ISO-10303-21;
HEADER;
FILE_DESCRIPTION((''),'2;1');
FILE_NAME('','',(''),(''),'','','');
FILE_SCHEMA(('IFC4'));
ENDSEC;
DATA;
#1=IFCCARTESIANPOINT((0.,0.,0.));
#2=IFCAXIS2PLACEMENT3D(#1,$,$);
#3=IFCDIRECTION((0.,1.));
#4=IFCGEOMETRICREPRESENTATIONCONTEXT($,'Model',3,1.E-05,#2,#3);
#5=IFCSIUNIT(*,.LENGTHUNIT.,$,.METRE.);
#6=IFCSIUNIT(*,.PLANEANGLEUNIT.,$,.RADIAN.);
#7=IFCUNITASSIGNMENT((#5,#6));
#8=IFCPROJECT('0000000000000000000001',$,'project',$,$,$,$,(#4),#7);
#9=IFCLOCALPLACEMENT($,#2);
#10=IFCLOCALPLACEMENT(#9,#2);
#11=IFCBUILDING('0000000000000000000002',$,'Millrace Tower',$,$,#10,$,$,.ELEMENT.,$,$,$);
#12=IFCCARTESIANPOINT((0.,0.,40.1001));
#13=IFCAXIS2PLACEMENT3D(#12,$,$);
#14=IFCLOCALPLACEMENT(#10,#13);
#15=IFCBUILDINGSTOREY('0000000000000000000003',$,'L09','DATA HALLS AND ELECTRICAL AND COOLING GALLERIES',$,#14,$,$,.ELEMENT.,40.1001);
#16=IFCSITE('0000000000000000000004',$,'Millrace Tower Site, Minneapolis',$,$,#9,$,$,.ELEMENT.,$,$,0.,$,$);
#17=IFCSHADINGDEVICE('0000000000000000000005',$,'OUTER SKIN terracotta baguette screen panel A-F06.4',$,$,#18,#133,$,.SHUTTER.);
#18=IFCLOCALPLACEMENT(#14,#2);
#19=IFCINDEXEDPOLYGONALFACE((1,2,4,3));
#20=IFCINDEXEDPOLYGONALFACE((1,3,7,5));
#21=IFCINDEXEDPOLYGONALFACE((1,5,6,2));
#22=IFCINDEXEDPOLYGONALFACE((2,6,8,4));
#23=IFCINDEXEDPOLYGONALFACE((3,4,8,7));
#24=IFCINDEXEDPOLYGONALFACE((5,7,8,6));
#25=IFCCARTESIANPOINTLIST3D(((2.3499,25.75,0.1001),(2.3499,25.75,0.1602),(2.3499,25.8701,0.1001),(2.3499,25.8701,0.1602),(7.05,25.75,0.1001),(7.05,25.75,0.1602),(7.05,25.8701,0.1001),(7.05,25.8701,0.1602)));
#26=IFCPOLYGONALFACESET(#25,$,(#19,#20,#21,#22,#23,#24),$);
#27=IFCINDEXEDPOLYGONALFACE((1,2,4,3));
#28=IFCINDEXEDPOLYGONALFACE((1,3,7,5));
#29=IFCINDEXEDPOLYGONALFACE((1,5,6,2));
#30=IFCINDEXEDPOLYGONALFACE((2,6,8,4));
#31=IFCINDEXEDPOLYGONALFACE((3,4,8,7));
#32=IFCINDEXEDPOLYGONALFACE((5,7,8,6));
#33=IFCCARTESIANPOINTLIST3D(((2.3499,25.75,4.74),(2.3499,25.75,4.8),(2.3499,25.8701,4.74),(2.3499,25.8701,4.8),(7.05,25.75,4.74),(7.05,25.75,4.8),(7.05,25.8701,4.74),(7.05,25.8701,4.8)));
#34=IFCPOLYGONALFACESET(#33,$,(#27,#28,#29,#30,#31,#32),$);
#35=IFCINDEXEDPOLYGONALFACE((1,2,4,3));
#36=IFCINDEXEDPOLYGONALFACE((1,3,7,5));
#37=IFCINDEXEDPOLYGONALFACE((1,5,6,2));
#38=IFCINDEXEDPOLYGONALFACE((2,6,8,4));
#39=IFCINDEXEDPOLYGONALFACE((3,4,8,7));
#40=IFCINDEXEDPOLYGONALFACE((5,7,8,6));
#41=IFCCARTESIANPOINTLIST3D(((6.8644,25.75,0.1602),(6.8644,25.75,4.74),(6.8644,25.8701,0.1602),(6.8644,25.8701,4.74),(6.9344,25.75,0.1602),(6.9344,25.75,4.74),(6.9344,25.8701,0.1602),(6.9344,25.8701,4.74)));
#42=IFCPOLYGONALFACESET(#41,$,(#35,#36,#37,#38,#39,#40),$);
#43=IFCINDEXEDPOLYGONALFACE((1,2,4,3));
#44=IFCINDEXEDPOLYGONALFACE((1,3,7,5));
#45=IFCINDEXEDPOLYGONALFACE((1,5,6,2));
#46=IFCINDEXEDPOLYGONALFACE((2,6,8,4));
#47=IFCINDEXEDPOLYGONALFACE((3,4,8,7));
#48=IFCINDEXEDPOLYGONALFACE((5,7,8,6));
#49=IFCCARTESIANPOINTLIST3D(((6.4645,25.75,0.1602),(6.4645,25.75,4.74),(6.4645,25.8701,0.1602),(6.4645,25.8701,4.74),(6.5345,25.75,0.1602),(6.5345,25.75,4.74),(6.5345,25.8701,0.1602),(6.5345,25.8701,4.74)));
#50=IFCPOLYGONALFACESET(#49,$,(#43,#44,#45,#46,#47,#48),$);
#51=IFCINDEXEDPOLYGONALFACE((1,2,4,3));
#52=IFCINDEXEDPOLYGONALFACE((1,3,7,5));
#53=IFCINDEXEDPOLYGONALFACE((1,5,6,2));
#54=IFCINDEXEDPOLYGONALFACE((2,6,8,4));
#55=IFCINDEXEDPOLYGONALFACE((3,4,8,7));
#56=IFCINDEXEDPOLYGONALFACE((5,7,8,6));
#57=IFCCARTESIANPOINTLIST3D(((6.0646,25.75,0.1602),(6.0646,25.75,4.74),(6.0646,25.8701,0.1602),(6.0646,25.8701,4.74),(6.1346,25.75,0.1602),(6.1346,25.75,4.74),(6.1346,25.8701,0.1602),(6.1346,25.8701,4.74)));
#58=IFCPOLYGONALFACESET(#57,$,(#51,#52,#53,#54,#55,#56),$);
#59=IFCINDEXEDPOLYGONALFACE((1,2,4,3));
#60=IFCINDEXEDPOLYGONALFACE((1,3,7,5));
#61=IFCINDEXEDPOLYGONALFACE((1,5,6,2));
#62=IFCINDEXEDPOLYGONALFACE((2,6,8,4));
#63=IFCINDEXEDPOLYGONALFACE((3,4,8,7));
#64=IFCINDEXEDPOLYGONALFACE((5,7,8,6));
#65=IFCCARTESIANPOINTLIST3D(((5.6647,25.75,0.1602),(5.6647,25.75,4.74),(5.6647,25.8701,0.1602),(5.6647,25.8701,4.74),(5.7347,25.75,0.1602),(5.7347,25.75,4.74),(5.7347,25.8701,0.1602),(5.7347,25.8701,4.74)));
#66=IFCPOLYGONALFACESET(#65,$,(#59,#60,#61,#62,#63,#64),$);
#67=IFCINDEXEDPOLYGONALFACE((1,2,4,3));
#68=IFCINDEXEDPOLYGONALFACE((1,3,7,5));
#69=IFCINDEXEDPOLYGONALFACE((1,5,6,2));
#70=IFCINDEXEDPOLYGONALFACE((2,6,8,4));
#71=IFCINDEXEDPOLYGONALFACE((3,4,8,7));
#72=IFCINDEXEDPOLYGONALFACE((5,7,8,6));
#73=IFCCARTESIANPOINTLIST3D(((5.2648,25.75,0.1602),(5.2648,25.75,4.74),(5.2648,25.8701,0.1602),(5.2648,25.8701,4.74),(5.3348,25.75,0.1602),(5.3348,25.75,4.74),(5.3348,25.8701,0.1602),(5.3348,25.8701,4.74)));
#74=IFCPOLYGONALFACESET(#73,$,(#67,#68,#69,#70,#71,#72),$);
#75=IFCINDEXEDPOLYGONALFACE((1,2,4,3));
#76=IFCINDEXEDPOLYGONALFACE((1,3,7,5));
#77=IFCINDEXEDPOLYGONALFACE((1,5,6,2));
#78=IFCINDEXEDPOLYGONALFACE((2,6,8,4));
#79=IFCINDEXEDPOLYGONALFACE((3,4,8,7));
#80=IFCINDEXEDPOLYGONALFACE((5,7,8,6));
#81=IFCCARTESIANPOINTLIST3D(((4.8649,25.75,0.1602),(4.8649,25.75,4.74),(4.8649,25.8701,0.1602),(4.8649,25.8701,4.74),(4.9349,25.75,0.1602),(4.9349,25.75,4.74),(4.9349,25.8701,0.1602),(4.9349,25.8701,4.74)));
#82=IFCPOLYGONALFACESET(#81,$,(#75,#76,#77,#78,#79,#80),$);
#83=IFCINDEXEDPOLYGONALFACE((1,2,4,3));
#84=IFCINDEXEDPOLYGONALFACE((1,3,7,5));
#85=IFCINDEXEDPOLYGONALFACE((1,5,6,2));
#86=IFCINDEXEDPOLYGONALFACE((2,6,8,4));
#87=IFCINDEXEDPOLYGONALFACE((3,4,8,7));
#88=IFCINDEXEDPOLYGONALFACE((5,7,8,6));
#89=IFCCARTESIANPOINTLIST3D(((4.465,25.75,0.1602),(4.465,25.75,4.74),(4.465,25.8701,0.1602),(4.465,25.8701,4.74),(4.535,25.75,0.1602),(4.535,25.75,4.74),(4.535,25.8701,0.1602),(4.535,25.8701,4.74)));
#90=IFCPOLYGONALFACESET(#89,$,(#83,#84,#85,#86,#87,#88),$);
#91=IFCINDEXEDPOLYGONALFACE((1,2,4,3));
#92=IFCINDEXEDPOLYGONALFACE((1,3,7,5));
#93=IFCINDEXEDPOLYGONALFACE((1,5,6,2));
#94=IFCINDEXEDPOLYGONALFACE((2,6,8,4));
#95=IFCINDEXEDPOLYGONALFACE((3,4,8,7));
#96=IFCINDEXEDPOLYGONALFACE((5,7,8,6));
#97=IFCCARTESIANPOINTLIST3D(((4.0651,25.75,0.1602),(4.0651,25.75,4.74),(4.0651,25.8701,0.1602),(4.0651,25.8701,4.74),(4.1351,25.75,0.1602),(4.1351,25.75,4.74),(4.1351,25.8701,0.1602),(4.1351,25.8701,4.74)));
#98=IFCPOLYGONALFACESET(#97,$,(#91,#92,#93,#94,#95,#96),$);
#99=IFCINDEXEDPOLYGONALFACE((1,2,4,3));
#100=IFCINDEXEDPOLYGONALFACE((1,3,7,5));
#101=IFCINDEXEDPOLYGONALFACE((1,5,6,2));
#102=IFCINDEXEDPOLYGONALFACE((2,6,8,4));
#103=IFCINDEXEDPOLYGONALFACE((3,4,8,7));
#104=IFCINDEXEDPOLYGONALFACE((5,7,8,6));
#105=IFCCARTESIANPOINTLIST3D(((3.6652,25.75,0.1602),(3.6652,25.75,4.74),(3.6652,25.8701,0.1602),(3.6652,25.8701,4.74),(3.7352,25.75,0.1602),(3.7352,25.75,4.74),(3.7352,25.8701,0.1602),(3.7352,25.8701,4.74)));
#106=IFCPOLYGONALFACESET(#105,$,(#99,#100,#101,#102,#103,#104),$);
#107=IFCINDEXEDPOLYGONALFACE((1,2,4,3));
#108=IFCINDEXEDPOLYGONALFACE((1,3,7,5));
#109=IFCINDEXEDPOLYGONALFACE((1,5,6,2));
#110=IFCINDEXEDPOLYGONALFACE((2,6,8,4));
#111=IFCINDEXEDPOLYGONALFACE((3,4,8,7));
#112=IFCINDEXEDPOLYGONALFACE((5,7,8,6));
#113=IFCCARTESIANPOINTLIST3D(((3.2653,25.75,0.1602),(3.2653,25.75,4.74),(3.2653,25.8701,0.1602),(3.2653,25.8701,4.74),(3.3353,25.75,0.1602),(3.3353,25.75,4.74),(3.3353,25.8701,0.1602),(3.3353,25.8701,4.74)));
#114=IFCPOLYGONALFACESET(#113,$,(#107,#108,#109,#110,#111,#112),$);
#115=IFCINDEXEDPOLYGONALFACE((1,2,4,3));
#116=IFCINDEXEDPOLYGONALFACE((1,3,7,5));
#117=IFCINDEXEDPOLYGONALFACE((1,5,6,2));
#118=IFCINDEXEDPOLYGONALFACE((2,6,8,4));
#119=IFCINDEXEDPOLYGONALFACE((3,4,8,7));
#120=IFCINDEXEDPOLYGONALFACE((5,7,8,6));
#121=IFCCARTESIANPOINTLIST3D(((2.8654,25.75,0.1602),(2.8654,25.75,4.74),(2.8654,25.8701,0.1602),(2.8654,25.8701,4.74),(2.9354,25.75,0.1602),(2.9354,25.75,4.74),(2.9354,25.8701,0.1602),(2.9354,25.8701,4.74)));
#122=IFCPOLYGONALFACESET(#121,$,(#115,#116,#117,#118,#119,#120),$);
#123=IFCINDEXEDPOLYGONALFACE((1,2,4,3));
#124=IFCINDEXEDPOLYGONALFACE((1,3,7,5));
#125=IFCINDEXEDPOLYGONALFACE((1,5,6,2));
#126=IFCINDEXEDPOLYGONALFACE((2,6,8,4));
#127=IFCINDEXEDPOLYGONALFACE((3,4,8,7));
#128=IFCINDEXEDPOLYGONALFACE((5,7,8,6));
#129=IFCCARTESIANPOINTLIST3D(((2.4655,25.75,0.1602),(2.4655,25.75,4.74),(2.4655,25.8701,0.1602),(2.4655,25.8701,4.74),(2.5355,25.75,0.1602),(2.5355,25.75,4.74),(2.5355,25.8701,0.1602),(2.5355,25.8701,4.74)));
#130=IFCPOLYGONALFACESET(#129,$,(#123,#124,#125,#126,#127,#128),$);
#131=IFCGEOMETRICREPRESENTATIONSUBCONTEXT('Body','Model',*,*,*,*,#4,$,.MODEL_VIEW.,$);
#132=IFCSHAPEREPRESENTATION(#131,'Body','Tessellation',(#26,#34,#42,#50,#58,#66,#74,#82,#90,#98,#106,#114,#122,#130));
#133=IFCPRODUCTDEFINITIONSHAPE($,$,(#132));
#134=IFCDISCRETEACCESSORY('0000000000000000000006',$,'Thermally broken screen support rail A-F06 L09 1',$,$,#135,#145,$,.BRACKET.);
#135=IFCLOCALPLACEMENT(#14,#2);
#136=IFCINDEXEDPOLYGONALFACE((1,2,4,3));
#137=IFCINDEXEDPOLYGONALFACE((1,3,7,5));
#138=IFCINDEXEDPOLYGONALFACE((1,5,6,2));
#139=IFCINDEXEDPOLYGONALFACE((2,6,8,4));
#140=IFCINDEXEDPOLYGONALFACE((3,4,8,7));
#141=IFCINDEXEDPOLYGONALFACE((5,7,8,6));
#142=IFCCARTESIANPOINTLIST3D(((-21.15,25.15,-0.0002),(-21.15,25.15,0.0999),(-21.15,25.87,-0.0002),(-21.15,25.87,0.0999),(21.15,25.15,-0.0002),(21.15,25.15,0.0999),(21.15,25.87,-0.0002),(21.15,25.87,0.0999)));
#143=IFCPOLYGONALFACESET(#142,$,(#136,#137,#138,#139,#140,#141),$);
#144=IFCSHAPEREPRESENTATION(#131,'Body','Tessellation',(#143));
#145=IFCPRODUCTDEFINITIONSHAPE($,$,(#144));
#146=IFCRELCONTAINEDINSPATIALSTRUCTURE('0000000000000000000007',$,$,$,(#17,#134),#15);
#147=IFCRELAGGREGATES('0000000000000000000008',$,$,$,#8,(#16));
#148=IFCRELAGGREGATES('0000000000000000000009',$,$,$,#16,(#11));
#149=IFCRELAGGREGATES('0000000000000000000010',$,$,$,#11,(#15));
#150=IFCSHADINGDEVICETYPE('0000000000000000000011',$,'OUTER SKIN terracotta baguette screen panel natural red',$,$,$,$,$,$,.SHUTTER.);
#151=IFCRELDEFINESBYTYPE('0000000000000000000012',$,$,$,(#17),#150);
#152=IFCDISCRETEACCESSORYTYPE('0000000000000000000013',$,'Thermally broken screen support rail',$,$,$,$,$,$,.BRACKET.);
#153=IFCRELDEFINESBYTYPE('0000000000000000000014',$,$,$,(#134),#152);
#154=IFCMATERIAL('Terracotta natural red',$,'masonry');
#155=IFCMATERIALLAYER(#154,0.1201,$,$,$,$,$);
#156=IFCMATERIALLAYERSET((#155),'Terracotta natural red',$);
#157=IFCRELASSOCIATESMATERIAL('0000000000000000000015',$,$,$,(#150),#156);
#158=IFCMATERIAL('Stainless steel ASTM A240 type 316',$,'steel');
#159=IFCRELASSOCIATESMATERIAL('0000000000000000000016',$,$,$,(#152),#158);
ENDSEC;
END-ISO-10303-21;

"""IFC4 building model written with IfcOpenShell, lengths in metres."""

from ifc_helpers import new_model, entity, si_unit, direction, frame, frame_2d, origin, origin_2d, place, context, subcontext, project, spatial, rectangle, extrude, source, transform, mapped, material, layer, layer_set, type_object, element, save


model = new_model("IFC4")

# Units and contexts
model_context = context("Model", 3, precision=1e-05, world=origin(), true_north=direction((0.0, 1.0)))
body_context = subcontext(model_context, "Body", "Model", "MODEL_VIEW")
ifc_project = project(units=[si_unit("LENGTHUNIT", "METRE"), si_unit("PLANEANGLEUNIT", "RADIAN")], contexts=[model_context])

# Site, building, storey
site_placement = place(None, origin())
site = spatial("IfcSite", under=ifc_project, at=site_placement, Name="Millrace Tower Site, Minneapolis", CompositionType="ELEMENT", RefElevation=0.0)
building_placement = place(site_placement, origin())
building = spatial("IfcBuilding", under=site, at=building_placement, Name="Millrace Tower", CompositionType="ELEMENT")
storey_placement = place(building_placement, frame((0.0, 0.0, 40.1001)))
storey = spatial("IfcBuildingStorey", under=building, at=storey_placement, Name="L09", Description="DATA HALLS AND ELECTRICAL AND COOLING GALLERIES", CompositionType="ELEMENT", Elevation=40.1001)

# Shading device
cartesian_point = entity("IfcCartesianPoint", [-2.3501, 0.0601])
shared_polyline = entity("IfcPolyline", [cartesian_point, entity("IfcCartesianPoint", [2.3501, 0.0601]), entity("IfcCartesianPoint", [2.3501, -0.0601]), entity("IfcCartesianPoint", [-2.3501, -0.0601]), cartesian_point])
ifc_material_1 = material(Name="Terracotta natural red", Category="masonry")
ifc_layer_1 = layer(ifc_material_1, 0.1201)
ifc_layer_set_1 = layer_set([ifc_layer_1], Name="Terracotta natural red")
shading_device_type_1 = type_object("IfcShadingDeviceType", Name="OUTER SKIN terracotta baguette screen panel natural red", PredefinedType="SHUTTER", material=ifc_layer_set_1)
shared_shape_1 = source(origin(), body_context, "Body", "SweptSolid", [
    entity("IfcExtrudedAreaSolid", entity("IfcArbitraryClosedProfileDef", "AREA", None, shared_polyline), entity("IfcAxis2Placement3D", entity("IfcCartesianPoint", [0.0, 0.0, 0.0])), entity("IfcDirection", [0.0, 0.0, 1.0]), 0.0601),
    entity("IfcExtrudedAreaSolid", entity("IfcArbitraryClosedProfileDef", "AREA", None, shared_polyline), entity("IfcAxis2Placement3D", entity("IfcCartesianPoint", [0.0, 0.0, 4.6399])), entity("IfcDirection", [0.0, 0.0, 1.0]), 0.0601),
    extrude(rectangle(XDim=0.0701, YDim=0.1201, at=frame_2d((-2.1995, 0.0))), frame((0.0, 0.0, 0.0601)), (0.0, 0.0, 1.0), 4.5798),
    extrude(rectangle(XDim=0.0701, YDim=0.1201, at=frame_2d((-1.7996, 0.0))), frame((0.0, 0.0, 0.0601)), (0.0, 0.0, 1.0), 4.5798),
    extrude(rectangle(XDim=0.0701, YDim=0.1201, at=frame_2d((-1.3997, 0.0))), frame((0.0, 0.0, 0.0601)), (0.0, 0.0, 1.0), 4.5798),
    extrude(rectangle(XDim=0.0701, YDim=0.1201, at=frame_2d((-0.9998, 0.0))), frame((0.0, 0.0, 0.0601)), (0.0, 0.0, 1.0), 4.5798),
    extrude(rectangle(XDim=0.0701, YDim=0.1201, at=frame_2d((-0.5999, 0.0))), frame((0.0, 0.0, 0.0601)), (0.0, 0.0, 1.0), 4.5798),
    extrude(rectangle(XDim=0.0701, YDim=0.1201, at=frame_2d((-0.2, 0.0))), frame((0.0, 0.0, 0.0601)), (0.0, 0.0, 1.0), 4.5798),
    extrude(rectangle(XDim=0.0701, YDim=0.1201, at=frame_2d((0.2, 0.0))), frame((0.0, 0.0, 0.0601)), (0.0, 0.0, 1.0), 4.5798),
    extrude(rectangle(XDim=0.0701, YDim=0.1201, at=frame_2d((0.5999, 0.0))), frame((0.0, 0.0, 0.0601)), (0.0, 0.0, 1.0), 4.5798),
    extrude(rectangle(XDim=0.0701, YDim=0.1201, at=frame_2d((0.9998, 0.0))), frame((0.0, 0.0, 0.0601)), (0.0, 0.0, 1.0), 4.5798),
    extrude(rectangle(XDim=0.0701, YDim=0.1201, at=frame_2d((1.3997, 0.0))), frame((0.0, 0.0, 0.0601)), (0.0, 0.0, 1.0), 4.5798),
    extrude(rectangle(XDim=0.0701, YDim=0.1201, at=frame_2d((1.7996, 0.0))), frame((0.0, 0.0, 0.0601)), (0.0, 0.0, 1.0), 4.5798),
    extrude(rectangle(XDim=0.0701, YDim=0.1201, at=frame_2d((2.1995, 0.0))), frame((0.0, 0.0, 0.0601)), (0.0, 0.0, 1.0), 4.5798),
])
for number, where, z_axis, x_axis, name in (
    (1, (4.7, 25.8101, 0.1001), (0.0, 0.0, 1.0), (-1.0, 0.0, 0.0), "OUTER SKIN terracotta baguette screen panel A-F06.4"),
):
    element("IfcShadingDevice", number, at=place(storey_placement, frame(where, z_axis=z_axis, x_axis=x_axis)), inside=storey, type_object=shading_device_type_1, Name=name, PredefinedType="SHUTTER", context=body_context, shape_type="MappedRepresentation", body=[
        mapped(shared_shape_1, transform((0.0, 0.0, 0.0), scale=1.0)),
    ])

# Discrete accessory
ifc_material_2 = material(Name="Stainless steel ASTM A240 type 316", Category="steel")
discrete_accessory_type = type_object("IfcDiscreteAccessoryType", Name="Thermally broken screen support rail", PredefinedType="BRACKET", material=ifc_material_2)
discrete_accessory_placement = place(storey_placement, frame((0.0, 25.51, -0.0002), z_axis=(0.0, 0.0, 1.0), x_axis=(-1.0, 0.0, 0.0)))
element("IfcDiscreteAccessory", 2, at=discrete_accessory_placement, inside=storey, type_object=discrete_accessory_type, Name="Thermally broken screen support rail A-F06 L09 1", PredefinedType="BRACKET", context=body_context, shape_type="SweptSolid", body=[
    extrude(rectangle(XDim=42.3, YDim=0.72, at=origin_2d()), origin(), (0.0, 0.0, 1.0), 0.1001),
])

save(model, "model.ifc")
